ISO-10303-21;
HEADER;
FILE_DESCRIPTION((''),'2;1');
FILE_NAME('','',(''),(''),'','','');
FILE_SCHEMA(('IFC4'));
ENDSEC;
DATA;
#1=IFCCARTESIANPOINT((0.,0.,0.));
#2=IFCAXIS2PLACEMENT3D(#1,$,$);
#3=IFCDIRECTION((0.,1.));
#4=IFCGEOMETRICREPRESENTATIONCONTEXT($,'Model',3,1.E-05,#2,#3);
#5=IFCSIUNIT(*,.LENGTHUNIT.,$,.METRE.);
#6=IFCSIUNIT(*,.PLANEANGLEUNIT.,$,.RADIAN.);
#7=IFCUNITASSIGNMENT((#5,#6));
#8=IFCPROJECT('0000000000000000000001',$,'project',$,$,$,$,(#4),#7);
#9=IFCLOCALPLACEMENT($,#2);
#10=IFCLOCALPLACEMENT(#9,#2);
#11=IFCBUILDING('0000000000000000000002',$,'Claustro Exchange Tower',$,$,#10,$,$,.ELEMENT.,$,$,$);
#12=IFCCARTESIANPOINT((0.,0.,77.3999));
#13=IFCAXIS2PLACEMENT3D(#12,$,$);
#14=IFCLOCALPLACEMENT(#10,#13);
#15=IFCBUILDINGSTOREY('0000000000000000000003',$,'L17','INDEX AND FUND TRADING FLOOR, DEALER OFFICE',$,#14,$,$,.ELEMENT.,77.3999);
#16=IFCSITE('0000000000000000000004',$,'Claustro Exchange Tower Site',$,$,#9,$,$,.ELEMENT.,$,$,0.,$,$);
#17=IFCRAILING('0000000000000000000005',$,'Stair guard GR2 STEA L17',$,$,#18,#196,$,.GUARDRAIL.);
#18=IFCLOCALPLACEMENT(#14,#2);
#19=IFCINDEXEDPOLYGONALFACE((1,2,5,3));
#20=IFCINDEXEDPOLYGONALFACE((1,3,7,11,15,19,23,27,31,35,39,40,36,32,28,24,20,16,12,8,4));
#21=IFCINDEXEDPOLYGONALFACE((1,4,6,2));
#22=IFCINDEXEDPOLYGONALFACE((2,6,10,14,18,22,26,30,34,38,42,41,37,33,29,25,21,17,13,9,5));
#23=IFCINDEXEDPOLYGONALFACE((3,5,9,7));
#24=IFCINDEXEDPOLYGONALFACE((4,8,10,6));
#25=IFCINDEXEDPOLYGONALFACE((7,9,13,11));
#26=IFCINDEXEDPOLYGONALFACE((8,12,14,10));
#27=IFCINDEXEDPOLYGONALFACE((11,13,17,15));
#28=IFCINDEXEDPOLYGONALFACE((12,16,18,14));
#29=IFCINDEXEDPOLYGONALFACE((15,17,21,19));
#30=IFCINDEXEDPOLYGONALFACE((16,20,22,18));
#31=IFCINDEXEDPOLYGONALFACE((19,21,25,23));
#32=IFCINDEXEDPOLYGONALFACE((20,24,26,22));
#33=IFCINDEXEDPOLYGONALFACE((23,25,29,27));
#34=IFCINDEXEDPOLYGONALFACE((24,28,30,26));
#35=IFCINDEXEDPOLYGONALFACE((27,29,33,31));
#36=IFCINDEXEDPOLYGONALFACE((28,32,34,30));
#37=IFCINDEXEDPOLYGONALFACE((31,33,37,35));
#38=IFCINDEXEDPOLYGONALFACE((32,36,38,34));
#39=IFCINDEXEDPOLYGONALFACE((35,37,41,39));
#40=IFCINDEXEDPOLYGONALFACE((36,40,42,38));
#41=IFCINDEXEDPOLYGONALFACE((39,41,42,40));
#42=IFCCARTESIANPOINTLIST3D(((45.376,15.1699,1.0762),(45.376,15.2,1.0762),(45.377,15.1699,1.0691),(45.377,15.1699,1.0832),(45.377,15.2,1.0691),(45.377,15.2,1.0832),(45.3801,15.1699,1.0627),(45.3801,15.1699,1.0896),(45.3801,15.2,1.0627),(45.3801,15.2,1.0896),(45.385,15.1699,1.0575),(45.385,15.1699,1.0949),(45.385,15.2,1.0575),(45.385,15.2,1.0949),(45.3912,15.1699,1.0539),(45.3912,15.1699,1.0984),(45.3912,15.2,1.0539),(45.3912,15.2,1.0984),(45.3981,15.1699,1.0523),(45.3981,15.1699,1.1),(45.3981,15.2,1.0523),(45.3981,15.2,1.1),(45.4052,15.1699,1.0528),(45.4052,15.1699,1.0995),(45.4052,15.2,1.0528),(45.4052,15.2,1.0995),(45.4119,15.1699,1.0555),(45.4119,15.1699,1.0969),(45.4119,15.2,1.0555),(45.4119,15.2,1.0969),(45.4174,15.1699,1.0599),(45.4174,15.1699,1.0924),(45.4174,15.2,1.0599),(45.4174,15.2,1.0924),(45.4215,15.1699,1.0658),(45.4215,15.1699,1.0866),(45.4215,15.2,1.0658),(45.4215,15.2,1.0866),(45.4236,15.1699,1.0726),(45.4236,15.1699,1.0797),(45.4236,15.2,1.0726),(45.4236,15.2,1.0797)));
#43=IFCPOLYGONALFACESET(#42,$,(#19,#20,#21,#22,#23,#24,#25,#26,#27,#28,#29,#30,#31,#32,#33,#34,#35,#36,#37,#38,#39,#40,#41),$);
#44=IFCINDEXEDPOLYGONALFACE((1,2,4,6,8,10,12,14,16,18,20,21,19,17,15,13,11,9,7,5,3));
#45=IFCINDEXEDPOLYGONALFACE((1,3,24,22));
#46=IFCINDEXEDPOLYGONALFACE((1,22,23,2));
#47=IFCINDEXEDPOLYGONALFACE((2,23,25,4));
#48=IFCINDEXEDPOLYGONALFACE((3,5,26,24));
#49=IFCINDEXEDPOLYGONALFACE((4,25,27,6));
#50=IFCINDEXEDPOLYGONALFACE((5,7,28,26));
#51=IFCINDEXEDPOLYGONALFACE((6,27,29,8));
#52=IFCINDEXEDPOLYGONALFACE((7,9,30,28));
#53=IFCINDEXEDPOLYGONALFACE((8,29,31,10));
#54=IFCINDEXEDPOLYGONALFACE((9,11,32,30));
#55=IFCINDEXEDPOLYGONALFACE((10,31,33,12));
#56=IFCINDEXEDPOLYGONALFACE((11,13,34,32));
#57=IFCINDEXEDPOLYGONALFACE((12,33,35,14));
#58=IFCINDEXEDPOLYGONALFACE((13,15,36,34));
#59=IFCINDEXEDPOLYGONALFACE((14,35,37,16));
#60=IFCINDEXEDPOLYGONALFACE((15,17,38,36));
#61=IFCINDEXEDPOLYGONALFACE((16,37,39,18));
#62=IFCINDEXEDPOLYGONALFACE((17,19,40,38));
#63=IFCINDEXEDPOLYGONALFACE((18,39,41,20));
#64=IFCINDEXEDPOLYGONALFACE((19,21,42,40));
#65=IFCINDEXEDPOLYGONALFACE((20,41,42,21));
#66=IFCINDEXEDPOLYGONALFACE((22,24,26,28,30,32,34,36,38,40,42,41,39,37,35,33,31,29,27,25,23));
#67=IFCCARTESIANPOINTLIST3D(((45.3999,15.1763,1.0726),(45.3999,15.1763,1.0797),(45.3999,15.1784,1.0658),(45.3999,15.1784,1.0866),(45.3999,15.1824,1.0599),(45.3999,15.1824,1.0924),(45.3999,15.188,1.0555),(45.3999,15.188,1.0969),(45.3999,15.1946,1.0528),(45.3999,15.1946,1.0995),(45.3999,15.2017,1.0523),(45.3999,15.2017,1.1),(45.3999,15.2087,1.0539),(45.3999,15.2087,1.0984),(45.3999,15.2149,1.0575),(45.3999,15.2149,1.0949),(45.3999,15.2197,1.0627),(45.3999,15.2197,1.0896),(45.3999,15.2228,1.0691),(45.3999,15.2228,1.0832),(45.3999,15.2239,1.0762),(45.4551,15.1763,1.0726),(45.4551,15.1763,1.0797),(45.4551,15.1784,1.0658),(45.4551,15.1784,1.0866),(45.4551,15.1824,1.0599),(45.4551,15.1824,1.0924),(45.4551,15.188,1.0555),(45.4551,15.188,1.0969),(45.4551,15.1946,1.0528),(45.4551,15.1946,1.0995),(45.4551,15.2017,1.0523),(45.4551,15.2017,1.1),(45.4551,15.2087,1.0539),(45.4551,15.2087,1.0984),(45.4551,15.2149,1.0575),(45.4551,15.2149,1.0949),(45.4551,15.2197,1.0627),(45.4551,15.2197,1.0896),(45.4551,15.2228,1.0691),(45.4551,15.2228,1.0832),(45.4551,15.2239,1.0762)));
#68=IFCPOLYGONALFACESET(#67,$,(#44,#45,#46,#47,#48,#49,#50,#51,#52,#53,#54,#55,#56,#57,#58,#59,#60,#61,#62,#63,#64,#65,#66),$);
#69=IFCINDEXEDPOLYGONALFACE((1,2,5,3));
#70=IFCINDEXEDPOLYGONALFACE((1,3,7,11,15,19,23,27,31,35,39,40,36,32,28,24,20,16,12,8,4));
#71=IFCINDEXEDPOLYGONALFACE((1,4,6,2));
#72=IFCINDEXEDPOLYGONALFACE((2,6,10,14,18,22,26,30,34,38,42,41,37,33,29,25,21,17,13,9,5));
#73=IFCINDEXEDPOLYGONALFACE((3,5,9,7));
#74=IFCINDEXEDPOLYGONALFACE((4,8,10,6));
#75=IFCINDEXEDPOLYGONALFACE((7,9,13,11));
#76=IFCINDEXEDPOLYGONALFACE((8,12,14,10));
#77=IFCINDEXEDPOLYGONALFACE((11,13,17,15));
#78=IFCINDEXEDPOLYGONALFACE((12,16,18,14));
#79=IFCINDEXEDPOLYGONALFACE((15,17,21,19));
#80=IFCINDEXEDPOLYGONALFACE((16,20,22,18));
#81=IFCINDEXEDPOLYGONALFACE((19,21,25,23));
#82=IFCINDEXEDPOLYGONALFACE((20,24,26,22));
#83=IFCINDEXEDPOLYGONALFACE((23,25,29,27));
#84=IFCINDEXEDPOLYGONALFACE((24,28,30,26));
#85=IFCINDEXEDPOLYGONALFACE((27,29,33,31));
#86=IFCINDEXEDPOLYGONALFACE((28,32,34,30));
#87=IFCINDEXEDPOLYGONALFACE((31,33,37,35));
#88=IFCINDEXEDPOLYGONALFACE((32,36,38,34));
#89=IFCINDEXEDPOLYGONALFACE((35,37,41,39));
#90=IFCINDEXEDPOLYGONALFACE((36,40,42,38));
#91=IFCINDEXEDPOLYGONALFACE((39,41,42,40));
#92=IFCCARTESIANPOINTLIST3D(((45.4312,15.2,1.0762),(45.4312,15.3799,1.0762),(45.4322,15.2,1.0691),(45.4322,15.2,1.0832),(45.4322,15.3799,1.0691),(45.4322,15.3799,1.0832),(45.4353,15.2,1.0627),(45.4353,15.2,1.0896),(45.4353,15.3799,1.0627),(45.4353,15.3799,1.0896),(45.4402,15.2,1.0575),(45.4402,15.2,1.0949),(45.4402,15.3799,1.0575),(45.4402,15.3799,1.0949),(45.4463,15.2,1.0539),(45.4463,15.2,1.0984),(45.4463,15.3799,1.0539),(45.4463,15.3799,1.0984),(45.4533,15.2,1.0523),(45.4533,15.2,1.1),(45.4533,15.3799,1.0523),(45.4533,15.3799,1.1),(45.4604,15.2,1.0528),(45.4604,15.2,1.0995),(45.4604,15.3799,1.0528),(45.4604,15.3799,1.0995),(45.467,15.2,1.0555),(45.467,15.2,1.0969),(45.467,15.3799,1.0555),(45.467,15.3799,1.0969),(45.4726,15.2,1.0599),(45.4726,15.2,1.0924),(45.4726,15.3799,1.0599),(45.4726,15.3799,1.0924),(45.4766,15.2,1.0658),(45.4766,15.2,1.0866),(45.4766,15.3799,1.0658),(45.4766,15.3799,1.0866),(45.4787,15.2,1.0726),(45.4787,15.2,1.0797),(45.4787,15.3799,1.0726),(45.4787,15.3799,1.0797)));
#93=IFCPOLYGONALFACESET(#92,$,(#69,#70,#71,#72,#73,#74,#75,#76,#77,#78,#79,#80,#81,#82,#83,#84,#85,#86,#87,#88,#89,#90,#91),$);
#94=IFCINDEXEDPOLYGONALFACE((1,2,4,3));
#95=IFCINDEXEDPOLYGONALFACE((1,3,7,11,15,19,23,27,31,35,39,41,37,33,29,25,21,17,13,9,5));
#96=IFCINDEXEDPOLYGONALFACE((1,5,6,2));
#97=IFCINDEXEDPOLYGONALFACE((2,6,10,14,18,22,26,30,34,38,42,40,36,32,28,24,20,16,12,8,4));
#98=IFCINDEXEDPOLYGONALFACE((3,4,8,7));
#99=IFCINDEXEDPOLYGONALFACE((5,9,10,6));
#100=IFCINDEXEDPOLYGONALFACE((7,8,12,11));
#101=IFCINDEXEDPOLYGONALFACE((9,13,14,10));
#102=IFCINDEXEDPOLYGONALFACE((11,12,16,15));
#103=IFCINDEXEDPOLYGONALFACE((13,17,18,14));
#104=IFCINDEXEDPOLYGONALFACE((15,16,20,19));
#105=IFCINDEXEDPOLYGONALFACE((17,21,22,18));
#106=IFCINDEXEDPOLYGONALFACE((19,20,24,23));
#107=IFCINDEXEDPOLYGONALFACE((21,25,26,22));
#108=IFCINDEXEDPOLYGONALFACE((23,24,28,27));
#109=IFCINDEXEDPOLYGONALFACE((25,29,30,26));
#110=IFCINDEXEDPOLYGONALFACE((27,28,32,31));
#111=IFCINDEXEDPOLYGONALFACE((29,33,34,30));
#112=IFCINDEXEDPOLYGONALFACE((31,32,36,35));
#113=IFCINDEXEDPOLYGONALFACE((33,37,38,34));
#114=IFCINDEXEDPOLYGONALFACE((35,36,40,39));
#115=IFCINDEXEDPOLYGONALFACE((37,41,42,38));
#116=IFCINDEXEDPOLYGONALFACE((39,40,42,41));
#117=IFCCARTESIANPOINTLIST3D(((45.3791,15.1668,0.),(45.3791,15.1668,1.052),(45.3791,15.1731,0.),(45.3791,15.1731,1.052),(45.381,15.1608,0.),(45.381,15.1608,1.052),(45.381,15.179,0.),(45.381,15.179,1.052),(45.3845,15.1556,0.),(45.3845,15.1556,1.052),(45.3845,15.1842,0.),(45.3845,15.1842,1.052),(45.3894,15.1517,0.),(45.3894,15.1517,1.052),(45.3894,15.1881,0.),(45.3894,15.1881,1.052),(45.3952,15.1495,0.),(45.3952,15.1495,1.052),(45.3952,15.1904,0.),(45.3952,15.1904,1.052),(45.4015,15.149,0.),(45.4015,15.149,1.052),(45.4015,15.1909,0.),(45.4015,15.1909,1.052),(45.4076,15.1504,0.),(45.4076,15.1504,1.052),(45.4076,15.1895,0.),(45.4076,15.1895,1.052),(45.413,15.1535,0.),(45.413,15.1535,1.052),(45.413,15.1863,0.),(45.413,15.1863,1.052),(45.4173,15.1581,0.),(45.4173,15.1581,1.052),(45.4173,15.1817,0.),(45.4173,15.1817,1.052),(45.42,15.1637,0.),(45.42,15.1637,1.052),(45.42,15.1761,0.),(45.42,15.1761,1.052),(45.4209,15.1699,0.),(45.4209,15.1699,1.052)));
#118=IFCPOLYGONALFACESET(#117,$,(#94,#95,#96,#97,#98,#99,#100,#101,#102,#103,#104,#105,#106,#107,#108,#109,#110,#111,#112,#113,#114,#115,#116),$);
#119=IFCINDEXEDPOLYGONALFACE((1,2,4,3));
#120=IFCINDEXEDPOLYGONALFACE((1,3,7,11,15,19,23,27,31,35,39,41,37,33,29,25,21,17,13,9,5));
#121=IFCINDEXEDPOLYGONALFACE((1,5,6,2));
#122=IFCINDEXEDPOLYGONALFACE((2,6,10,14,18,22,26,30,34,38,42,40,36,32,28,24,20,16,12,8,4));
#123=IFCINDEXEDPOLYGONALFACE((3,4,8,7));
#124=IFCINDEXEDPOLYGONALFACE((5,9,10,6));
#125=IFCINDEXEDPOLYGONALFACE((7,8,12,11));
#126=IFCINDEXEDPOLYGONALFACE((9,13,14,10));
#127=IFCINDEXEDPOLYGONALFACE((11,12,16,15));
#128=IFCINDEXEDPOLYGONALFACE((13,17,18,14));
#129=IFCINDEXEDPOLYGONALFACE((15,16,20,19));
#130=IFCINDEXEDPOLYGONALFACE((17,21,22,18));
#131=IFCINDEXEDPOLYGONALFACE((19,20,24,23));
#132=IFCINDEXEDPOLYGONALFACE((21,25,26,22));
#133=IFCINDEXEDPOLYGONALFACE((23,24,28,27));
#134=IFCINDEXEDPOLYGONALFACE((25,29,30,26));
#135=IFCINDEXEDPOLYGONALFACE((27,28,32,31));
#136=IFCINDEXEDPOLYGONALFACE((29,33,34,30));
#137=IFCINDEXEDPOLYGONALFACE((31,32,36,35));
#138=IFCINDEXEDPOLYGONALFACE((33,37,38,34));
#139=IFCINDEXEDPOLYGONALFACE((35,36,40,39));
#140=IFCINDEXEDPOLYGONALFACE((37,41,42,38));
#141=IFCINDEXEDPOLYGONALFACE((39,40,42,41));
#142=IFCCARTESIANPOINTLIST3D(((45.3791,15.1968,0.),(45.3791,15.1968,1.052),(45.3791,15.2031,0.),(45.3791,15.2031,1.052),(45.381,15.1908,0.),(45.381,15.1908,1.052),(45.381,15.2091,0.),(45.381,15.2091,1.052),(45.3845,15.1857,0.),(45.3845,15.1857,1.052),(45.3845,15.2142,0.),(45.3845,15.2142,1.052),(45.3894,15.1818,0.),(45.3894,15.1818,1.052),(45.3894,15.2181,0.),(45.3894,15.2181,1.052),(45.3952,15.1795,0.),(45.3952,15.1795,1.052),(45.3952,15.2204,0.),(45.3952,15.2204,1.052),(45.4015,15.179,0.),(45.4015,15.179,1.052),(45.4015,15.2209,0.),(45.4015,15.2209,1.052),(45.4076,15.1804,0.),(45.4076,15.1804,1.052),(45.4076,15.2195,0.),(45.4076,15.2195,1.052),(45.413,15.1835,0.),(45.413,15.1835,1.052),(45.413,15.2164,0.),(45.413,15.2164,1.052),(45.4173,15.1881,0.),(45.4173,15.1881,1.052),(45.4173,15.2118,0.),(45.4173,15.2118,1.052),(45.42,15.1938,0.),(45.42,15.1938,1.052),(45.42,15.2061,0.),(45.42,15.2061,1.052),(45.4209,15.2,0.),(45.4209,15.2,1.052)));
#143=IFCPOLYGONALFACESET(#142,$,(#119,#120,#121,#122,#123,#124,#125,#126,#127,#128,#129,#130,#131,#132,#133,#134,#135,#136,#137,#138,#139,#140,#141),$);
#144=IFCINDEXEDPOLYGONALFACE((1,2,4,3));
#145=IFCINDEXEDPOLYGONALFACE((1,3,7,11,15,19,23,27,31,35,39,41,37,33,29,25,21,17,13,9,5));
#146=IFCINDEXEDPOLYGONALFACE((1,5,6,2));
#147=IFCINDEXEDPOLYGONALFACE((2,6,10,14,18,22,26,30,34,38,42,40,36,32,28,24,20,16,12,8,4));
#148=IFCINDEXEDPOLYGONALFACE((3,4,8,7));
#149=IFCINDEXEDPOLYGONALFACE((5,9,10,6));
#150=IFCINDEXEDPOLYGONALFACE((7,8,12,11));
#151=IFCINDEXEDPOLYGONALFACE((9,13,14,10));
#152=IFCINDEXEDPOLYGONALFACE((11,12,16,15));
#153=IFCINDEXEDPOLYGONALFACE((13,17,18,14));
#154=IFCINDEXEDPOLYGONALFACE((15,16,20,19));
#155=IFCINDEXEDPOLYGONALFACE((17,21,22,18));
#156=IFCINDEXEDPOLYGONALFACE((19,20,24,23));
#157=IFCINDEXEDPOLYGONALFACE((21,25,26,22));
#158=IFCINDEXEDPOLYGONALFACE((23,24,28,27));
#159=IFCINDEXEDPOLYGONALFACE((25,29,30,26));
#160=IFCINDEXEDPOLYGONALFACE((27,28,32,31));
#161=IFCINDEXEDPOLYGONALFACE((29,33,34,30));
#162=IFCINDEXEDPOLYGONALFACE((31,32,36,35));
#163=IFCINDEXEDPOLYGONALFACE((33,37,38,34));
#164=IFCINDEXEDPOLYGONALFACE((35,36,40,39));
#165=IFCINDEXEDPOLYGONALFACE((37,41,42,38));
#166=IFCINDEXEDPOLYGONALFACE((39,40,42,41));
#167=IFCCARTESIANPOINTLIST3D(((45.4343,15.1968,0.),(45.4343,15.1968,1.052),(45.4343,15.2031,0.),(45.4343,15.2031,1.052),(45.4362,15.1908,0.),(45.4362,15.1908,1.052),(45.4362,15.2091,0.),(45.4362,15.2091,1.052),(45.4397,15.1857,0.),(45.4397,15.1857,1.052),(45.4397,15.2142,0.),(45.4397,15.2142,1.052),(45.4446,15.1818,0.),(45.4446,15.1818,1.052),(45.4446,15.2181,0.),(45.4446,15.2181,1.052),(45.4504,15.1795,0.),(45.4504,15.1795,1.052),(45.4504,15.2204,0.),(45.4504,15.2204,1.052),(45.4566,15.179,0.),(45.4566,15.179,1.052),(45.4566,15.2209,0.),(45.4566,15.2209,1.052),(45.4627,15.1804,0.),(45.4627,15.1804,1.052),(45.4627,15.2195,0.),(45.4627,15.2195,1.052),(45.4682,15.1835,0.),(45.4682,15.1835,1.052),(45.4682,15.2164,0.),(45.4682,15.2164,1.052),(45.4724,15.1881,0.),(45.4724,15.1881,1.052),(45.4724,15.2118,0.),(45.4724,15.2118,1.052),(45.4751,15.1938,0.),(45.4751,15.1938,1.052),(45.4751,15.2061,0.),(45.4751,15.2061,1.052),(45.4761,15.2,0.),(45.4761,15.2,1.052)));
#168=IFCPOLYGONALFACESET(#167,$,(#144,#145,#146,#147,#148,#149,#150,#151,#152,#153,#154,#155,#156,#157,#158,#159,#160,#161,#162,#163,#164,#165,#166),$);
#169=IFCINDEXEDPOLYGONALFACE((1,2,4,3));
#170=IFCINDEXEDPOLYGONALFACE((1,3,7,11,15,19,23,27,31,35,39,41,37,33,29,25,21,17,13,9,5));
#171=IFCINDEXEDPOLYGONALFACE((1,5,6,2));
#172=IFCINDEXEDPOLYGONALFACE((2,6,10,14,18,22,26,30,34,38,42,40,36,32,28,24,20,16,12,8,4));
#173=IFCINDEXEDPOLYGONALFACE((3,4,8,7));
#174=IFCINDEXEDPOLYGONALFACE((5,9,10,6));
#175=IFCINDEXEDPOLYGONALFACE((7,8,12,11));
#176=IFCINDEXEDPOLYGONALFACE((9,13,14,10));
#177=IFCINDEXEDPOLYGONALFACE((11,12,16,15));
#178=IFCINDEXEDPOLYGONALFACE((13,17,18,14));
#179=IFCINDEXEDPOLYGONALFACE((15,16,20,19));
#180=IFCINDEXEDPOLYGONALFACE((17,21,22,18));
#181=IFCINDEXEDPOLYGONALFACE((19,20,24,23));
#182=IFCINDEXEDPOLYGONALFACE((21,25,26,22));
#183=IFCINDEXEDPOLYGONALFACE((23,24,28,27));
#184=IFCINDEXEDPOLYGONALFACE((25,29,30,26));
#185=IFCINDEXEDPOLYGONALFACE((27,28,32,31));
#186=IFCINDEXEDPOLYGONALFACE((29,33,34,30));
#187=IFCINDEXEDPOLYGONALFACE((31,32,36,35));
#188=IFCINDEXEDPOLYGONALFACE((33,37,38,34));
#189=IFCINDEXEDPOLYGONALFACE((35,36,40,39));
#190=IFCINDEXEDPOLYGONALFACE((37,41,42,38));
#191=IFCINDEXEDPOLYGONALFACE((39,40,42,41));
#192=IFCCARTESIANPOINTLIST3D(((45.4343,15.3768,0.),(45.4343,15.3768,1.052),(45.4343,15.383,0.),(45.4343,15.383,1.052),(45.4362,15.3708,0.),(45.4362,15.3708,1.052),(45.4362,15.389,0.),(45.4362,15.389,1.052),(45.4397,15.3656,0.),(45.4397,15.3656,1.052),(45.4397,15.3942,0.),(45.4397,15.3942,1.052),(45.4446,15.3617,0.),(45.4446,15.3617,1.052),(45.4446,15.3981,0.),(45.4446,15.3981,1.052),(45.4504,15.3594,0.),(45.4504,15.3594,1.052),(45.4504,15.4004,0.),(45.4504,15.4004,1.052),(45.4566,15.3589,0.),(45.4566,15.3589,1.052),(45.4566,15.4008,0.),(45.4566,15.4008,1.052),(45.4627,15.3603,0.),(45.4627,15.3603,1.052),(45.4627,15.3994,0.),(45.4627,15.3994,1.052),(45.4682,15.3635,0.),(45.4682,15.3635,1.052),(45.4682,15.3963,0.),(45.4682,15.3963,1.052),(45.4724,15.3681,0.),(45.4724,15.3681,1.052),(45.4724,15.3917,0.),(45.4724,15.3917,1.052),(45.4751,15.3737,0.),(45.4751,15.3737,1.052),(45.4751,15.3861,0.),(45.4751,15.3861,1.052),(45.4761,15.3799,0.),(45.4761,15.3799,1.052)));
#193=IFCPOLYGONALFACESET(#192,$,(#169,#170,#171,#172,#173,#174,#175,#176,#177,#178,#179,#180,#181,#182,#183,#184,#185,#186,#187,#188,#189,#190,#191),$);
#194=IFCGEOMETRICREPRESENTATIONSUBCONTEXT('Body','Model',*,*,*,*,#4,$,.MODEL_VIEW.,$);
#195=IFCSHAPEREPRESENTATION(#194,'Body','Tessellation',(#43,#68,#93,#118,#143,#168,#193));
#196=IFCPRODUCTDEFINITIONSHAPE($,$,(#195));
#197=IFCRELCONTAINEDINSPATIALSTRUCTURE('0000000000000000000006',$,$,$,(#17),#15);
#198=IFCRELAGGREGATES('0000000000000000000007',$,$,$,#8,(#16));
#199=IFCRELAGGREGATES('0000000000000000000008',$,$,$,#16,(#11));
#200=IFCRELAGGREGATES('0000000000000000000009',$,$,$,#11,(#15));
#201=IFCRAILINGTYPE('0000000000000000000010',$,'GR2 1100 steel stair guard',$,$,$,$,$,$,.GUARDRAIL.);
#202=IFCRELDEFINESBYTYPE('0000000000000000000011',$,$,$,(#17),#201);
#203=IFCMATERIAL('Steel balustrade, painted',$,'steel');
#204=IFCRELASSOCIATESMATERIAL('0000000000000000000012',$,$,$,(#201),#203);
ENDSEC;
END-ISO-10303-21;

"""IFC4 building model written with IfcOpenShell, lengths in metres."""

from ifc_helpers import new_model, si_unit, direction, frame, origin, origin_2d, place, context, subcontext, project, spatial, circle, extrude, material, type_object, element, save


model = new_model("IFC4")

# Units and contexts
model_context = context("Model", 3, precision=1e-05, world=origin(), true_north=direction((0.0, 1.0)))
body_context = subcontext(model_context, "Body", "Model", "MODEL_VIEW")
ifc_project = project(units=[si_unit("LENGTHUNIT", "METRE"), si_unit("PLANEANGLEUNIT", "RADIAN")], contexts=[model_context])

# Site, building, storey
site_placement = place(None, origin())
site = spatial("IfcSite", under=ifc_project, at=site_placement, Name="Claustro Exchange Tower Site", CompositionType="ELEMENT", RefElevation=0.0)
building_placement = place(site_placement, origin())
building = spatial("IfcBuilding", under=site, at=building_placement, Name="Claustro Exchange Tower", CompositionType="ELEMENT")
storey_placement = place(building_placement, frame((0.0, 0.0, 77.3999)))
storey = spatial("IfcBuildingStorey", under=building, at=storey_placement, Name="L17", Description="INDEX AND FUND TRADING FLOOR, DEALER OFFICE", CompositionType="ELEMENT", Elevation=77.3999)

# Railing
ifc_material_1 = material(Name="Steel balustrade, painted", Category="steel")
railing_type_1 = type_object("IfcRailingType", Name="GR2 1100 steel stair guard", PredefinedType="GUARDRAIL", material=ifc_material_1)
railing_1_placement = place(storey_placement, frame((45.3999, 15.1699, 0.0)))
element("IfcRailing", 1, at=railing_1_placement, inside=storey, type_object=railing_type_1, Name="Stair guard GR2 STEA L17", PredefinedType="GUARDRAIL", context=body_context, shape_type="SweptSolid", body=[
    extrude(circle(Radius=0.0239, at=origin_2d()), frame((0.0, 0.0, 1.0762), z_axis=(0.0, 1.0, 0.0), x_axis=(-1.0, 0.0, 0.0)), (0.0, 0.0, 1.0), 0.03),
    extrude(circle(Radius=0.0239, at=origin_2d()), frame((0.0, 0.03, 1.0762), z_axis=(1.0, 0.0, 0.0), x_axis=(0.0, 1.0, 0.0)), (0.0, 0.0, 1.0), 0.0552),
    extrude(circle(Radius=0.0239, at=origin_2d()), frame((0.0552, 0.03, 1.0762), z_axis=(0.0, 1.0, 0.0), x_axis=(-1.0, 0.0, 0.0)), (0.0, 0.0, 1.0), 0.1799),
    extrude(circle(Radius=0.021, at=origin_2d()), origin(), (0.0, 0.0, 1.0), 1.052),
    extrude(circle(Radius=0.021, at=origin_2d()), frame((0.0, 0.03, 0.0)), (0.0, 0.0, 1.0), 1.052),
    extrude(circle(Radius=0.021, at=origin_2d()), frame((0.0552, 0.03, 0.0)), (0.0, 0.0, 1.0), 1.052),
    extrude(circle(Radius=0.021, at=origin_2d()), frame((0.0552, 0.21, 0.0)), (0.0, 0.0, 1.0), 1.052),
])

save(model, "model.ifc")
